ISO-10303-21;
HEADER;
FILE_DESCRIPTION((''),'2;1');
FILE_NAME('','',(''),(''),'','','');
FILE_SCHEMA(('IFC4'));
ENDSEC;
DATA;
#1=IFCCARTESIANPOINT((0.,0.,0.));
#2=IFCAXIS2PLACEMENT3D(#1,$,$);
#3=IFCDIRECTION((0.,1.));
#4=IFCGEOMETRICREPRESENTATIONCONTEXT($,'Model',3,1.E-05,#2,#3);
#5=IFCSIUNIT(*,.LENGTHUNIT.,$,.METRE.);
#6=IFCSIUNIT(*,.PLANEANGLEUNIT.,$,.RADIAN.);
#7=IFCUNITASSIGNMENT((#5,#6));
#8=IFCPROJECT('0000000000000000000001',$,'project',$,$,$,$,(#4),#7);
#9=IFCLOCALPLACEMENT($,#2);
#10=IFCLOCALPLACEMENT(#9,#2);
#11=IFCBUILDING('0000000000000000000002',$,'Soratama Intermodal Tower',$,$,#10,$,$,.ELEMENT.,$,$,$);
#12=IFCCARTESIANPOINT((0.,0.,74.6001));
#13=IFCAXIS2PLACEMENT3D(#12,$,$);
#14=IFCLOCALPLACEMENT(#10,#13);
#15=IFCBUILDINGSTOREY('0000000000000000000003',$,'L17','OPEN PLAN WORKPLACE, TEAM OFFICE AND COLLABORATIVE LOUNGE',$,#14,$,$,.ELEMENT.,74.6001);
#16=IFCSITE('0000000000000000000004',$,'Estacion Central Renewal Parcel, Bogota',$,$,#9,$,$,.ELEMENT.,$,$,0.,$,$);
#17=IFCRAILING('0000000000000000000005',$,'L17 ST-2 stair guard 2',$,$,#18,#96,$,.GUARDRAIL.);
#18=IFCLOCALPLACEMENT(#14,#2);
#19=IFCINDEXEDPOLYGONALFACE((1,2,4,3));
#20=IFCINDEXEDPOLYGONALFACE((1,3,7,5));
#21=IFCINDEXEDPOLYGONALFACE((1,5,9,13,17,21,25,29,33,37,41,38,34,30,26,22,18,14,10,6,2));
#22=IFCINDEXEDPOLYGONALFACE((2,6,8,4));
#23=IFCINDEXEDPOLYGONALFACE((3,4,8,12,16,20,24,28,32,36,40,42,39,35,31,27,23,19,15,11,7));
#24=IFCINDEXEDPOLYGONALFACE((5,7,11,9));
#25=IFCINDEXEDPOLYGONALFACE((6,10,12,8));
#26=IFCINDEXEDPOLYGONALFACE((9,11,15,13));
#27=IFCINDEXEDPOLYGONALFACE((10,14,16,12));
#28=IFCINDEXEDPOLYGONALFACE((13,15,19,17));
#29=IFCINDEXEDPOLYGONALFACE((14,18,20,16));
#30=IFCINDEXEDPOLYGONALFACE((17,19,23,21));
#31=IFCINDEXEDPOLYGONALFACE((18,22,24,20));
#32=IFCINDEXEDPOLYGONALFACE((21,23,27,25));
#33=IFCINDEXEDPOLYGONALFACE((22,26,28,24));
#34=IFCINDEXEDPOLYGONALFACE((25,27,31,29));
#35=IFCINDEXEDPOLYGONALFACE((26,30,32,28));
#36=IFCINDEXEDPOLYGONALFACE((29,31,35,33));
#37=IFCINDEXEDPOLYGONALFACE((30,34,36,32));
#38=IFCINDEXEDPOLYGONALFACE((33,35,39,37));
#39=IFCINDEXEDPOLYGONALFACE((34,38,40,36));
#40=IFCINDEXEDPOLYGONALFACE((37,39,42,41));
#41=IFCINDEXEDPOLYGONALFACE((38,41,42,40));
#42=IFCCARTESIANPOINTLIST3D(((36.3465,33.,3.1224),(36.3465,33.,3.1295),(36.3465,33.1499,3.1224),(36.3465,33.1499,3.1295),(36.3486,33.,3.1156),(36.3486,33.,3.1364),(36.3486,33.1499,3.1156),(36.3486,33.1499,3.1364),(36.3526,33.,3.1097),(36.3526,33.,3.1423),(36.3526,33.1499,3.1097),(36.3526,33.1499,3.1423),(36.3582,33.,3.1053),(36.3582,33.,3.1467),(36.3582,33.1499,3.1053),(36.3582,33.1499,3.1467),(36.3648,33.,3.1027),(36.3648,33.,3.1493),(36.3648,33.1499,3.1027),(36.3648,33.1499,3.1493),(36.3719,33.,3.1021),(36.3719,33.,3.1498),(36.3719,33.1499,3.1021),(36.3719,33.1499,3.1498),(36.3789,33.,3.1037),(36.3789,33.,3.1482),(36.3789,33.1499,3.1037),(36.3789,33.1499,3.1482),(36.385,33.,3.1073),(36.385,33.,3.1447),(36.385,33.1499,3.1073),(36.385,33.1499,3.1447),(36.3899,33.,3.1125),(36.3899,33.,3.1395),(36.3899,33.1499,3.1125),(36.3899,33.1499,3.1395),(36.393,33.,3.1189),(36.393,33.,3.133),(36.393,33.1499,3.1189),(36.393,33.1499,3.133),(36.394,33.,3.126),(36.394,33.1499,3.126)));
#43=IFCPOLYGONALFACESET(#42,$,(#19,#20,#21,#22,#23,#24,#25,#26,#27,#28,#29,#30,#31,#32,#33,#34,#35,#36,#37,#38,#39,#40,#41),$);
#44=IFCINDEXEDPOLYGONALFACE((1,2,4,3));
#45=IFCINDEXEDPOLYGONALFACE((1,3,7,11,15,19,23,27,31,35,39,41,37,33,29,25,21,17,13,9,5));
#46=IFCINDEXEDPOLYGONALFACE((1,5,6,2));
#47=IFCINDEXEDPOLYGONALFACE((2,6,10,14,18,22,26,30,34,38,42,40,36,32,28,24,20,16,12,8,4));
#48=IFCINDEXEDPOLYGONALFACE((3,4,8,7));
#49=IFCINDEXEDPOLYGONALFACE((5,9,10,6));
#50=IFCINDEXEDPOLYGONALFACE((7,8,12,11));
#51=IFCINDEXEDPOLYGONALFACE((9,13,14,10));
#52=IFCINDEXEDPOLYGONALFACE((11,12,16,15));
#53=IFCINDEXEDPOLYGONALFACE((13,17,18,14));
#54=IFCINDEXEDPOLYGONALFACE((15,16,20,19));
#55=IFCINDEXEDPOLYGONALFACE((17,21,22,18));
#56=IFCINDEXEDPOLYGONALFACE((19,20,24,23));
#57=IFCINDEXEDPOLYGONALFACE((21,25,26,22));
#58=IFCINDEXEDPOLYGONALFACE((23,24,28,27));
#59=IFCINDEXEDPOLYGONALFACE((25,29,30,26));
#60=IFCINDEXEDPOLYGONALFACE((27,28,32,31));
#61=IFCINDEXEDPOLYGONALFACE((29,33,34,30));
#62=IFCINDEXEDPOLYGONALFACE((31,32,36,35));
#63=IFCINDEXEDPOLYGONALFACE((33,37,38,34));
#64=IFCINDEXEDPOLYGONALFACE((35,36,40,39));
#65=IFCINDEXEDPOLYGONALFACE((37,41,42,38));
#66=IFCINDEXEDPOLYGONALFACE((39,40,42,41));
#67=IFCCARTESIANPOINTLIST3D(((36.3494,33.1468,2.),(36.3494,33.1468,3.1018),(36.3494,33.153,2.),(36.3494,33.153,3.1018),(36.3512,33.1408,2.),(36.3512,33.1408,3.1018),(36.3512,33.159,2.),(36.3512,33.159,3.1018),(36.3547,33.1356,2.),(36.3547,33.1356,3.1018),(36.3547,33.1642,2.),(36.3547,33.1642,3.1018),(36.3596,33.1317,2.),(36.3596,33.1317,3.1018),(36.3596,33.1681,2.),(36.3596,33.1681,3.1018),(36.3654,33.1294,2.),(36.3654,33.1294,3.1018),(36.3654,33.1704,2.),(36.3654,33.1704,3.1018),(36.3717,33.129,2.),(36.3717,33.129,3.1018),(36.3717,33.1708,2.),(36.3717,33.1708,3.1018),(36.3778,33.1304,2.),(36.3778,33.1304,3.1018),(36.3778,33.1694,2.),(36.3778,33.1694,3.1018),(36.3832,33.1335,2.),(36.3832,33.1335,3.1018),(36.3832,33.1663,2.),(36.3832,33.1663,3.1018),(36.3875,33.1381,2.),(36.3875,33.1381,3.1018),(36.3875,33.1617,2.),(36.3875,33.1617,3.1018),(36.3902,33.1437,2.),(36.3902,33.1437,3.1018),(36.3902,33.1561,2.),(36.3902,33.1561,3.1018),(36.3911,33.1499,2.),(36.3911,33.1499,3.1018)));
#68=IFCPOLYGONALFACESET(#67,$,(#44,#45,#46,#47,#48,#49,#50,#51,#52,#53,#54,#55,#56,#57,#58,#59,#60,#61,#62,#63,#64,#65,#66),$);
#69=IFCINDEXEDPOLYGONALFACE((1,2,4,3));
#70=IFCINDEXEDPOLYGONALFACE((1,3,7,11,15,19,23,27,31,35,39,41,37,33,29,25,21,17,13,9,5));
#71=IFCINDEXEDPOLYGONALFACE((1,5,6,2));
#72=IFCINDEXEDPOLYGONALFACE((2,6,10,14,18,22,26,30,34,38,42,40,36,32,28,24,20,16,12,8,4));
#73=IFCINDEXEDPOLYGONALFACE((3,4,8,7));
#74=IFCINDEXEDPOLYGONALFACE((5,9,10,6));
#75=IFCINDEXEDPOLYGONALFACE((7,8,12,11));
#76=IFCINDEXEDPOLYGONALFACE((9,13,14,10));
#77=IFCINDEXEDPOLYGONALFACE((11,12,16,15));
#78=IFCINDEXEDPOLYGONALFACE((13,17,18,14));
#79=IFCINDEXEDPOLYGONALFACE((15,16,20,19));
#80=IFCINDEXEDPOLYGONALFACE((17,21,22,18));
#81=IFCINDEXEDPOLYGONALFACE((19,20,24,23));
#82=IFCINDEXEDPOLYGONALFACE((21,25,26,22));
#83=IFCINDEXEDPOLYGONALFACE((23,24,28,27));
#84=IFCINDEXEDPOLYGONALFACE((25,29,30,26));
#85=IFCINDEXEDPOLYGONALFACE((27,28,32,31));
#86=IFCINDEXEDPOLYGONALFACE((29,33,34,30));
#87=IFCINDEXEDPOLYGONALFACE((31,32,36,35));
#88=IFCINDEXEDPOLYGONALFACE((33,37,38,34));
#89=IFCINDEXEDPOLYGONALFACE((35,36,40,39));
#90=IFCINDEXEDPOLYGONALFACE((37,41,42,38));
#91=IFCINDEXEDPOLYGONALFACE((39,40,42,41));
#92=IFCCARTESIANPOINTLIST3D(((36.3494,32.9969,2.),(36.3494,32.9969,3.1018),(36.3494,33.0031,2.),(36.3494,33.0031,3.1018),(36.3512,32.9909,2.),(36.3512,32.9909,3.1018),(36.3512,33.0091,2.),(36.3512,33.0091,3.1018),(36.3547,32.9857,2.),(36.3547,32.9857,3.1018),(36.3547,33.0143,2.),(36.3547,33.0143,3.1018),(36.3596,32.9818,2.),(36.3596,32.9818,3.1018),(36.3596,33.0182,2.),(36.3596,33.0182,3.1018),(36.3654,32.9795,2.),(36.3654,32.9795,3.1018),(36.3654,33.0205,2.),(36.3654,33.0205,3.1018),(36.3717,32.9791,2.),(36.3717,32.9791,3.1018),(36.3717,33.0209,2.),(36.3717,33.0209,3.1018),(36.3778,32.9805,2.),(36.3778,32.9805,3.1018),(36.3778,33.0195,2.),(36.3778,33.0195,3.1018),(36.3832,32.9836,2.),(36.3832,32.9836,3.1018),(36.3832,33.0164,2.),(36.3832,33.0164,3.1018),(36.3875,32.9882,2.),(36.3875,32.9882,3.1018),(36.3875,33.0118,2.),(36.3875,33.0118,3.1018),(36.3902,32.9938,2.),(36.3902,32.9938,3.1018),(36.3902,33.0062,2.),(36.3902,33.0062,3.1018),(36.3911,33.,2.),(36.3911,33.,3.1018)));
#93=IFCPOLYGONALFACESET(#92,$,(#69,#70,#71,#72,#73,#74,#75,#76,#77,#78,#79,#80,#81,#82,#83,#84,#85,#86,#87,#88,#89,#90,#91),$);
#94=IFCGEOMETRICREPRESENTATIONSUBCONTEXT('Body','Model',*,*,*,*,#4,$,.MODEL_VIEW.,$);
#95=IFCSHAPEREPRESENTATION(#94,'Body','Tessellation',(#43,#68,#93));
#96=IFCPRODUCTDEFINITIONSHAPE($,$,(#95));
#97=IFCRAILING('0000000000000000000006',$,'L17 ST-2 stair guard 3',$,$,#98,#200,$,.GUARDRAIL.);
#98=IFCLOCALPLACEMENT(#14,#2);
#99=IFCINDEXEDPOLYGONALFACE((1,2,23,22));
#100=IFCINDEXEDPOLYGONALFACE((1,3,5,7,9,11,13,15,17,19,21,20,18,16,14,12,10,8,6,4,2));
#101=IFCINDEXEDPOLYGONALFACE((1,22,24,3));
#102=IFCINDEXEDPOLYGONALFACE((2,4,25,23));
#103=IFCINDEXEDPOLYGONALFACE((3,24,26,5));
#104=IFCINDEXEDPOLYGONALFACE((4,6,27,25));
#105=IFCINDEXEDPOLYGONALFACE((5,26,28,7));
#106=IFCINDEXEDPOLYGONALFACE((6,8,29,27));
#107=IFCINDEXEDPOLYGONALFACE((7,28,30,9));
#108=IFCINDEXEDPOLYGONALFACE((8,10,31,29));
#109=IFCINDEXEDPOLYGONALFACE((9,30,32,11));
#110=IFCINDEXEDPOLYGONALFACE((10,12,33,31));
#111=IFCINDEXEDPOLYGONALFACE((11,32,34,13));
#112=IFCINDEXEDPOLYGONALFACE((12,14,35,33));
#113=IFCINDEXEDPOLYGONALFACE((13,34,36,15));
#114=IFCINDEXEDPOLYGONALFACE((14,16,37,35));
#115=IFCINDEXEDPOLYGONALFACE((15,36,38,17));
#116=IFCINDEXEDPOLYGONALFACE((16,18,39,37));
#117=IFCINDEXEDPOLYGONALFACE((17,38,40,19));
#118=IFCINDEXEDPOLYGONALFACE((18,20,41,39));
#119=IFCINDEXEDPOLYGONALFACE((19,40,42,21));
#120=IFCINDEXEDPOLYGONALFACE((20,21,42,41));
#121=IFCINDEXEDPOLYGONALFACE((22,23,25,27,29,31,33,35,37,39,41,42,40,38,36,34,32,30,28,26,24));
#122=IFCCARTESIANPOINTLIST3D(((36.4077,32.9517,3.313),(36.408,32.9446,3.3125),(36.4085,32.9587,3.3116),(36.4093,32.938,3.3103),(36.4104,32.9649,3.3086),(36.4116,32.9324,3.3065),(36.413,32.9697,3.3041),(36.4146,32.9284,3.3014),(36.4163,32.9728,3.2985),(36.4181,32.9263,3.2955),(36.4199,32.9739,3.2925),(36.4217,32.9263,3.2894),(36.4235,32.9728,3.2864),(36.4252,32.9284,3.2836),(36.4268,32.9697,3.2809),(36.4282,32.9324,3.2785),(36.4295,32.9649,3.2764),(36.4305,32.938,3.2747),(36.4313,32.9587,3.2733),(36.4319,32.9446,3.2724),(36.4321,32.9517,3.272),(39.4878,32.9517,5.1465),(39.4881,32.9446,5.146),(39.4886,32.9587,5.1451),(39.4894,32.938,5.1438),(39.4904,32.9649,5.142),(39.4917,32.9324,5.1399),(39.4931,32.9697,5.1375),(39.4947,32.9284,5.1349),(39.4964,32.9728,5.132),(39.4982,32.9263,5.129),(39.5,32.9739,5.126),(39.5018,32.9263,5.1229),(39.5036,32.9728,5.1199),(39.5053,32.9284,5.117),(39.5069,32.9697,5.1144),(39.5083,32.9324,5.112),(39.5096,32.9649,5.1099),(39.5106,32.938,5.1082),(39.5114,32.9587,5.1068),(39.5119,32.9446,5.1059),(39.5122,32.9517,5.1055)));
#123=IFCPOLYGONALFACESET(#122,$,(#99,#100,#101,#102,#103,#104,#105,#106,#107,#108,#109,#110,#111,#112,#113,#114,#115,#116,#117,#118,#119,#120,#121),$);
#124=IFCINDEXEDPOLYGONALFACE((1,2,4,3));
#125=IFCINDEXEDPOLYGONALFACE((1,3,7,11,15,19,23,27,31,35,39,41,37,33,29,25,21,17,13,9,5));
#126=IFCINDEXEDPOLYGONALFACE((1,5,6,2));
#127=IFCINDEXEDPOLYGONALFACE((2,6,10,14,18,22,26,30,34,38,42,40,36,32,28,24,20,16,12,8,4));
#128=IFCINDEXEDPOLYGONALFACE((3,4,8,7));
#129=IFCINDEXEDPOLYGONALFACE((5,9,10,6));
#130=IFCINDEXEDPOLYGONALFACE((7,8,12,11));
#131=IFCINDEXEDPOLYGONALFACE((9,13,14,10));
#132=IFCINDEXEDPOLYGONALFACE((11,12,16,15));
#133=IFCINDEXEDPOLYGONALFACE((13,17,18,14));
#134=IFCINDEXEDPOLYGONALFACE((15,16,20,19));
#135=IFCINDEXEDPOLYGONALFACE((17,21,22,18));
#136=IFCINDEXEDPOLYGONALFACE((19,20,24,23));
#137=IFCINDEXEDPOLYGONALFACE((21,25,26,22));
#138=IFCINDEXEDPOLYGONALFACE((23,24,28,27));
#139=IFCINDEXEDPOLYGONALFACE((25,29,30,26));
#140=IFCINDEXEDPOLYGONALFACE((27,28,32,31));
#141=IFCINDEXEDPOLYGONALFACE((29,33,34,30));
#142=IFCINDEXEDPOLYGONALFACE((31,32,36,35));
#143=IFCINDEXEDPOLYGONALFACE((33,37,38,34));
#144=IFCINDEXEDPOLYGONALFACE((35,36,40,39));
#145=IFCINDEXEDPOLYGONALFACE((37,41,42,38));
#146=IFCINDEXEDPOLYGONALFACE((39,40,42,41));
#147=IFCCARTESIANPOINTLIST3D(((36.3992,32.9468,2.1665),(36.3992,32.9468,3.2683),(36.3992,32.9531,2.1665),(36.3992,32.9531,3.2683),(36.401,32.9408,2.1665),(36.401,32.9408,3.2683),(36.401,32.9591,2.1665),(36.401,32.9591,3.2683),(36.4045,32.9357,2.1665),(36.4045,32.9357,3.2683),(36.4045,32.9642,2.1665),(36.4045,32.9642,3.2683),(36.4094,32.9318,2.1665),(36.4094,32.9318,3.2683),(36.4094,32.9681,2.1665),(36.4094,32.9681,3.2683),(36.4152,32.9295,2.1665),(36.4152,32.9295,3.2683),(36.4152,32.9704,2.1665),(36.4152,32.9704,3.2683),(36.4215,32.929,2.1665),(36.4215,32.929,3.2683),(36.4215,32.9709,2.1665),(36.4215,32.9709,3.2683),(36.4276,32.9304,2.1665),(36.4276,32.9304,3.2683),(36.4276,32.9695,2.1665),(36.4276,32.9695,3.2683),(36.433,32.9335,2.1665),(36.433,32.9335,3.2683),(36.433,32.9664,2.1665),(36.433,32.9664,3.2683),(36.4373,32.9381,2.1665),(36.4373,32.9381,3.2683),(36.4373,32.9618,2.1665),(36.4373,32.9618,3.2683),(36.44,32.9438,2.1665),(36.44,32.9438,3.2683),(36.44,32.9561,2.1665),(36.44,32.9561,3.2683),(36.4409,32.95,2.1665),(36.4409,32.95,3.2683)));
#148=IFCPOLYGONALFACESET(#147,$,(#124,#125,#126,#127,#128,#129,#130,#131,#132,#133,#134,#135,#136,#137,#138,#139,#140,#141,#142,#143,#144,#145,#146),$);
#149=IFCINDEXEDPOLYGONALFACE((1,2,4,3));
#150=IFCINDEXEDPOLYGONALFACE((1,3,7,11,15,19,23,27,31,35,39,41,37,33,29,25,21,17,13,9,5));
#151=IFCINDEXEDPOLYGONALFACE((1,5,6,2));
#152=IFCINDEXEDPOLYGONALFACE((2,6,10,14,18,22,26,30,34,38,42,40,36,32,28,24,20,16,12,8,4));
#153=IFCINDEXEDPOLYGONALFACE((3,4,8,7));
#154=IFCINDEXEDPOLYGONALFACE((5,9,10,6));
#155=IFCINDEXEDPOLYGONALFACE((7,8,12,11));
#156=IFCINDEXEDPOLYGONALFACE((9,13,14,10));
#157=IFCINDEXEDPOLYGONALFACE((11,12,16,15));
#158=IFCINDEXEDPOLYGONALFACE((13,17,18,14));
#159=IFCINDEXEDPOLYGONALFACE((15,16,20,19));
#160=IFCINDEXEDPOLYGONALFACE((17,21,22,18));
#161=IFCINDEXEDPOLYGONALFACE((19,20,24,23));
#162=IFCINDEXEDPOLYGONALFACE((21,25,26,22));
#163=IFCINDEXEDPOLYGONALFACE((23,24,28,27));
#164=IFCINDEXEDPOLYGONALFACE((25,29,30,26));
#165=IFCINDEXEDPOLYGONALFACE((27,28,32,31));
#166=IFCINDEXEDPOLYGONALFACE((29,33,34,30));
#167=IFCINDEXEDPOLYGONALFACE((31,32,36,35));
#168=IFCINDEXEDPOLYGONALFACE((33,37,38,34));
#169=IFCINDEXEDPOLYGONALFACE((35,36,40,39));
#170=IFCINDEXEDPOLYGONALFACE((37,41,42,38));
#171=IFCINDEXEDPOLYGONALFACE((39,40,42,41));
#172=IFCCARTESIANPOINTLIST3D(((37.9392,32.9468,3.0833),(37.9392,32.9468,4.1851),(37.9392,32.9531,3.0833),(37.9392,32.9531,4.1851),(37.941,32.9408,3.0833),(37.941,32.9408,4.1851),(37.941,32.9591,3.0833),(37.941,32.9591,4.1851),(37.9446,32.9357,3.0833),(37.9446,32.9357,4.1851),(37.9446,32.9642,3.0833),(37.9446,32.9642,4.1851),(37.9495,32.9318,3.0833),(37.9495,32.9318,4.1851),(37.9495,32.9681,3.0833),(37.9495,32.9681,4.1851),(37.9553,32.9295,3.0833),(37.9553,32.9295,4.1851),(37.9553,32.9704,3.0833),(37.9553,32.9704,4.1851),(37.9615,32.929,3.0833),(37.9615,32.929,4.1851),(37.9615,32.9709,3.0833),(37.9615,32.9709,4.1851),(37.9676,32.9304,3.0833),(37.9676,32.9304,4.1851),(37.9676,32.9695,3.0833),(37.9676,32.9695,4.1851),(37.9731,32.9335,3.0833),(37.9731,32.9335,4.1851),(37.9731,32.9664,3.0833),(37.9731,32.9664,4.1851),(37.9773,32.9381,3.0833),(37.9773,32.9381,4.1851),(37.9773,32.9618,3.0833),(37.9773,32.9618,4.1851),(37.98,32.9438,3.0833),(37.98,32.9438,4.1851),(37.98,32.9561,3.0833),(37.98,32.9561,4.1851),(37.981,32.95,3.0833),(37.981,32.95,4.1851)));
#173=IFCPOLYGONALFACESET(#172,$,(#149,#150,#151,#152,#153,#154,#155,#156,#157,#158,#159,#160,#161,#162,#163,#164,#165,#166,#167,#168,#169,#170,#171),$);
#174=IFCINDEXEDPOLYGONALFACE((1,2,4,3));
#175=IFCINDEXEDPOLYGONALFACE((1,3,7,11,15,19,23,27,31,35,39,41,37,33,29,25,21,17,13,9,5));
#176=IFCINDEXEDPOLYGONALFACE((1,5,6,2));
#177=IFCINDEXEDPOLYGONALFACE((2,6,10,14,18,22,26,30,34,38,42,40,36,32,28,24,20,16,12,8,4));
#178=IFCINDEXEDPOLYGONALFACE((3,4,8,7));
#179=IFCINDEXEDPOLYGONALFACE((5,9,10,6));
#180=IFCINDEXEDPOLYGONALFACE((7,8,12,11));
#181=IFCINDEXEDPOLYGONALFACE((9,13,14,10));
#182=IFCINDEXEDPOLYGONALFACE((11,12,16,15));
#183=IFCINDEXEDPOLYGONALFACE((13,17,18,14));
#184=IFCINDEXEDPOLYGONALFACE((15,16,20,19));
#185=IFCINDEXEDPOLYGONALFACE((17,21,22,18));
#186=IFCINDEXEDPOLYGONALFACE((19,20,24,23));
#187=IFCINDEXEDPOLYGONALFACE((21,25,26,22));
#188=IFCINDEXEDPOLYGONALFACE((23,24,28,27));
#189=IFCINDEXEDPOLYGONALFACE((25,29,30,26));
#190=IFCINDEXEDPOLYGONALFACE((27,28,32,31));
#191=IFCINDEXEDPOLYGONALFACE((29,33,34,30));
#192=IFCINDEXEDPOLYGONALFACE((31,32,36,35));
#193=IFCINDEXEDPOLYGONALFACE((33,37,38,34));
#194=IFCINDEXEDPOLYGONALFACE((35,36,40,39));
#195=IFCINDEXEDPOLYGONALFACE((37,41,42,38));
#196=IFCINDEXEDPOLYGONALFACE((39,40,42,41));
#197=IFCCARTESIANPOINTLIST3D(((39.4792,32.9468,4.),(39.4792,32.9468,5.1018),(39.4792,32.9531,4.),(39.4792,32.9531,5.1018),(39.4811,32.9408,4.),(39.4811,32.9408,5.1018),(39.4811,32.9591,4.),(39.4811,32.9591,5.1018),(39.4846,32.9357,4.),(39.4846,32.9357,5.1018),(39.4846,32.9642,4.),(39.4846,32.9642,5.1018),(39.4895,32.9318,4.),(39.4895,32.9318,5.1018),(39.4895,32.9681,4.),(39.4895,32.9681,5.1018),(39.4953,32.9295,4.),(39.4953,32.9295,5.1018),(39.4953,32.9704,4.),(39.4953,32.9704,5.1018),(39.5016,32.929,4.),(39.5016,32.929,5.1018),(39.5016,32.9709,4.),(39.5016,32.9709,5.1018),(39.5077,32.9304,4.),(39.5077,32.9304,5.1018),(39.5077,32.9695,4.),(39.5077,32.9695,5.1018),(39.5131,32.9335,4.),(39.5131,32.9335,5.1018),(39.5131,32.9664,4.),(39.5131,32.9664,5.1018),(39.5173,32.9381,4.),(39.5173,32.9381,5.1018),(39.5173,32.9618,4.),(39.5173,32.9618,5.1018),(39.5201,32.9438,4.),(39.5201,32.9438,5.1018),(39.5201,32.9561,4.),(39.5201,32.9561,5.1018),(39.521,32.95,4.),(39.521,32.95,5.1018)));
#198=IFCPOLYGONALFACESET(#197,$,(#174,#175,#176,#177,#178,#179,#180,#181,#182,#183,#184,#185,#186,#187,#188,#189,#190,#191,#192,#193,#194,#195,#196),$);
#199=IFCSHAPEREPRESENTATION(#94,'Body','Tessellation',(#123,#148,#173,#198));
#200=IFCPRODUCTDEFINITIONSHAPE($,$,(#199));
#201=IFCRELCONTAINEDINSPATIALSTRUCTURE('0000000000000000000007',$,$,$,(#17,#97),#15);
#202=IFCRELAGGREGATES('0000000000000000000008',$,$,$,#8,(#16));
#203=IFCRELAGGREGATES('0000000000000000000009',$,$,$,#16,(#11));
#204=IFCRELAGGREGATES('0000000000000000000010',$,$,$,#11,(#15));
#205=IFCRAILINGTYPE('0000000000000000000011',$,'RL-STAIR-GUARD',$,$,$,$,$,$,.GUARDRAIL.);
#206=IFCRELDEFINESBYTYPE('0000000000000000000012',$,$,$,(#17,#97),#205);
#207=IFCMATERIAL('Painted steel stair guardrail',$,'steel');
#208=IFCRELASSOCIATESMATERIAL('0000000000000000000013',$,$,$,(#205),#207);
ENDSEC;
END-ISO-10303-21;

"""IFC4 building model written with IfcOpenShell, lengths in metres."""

from ifc_helpers import new_model, si_unit, direction, frame, origin, origin_2d, place, context, subcontext, project, spatial, circle, extrude, material, type_object, element, save


model = new_model("IFC4")

# Units and contexts
model_context = context("Model", 3, precision=1e-05, world=origin(), true_north=direction((0.0, 1.0)))
body_context = subcontext(model_context, "Body", "Model", "MODEL_VIEW")
ifc_project = project(units=[si_unit("LENGTHUNIT", "METRE"), si_unit("PLANEANGLEUNIT", "RADIAN")], contexts=[model_context])

# Site, building, storey
site_placement = place(None, origin())
site = spatial("IfcSite", under=ifc_project, at=site_placement, Name="Estacion Central Renewal Parcel, Bogota", CompositionType="ELEMENT", RefElevation=0.0)
building_placement = place(site_placement, origin())
building = spatial("IfcBuilding", under=site, at=building_placement, Name="Soratama Intermodal Tower", CompositionType="ELEMENT")
storey_placement = place(building_placement, frame((0.0, 0.0, 74.6001)))
storey = spatial("IfcBuildingStorey", under=building, at=storey_placement, Name="L17", Description="OPEN PLAN WORKPLACE, TEAM OFFICE AND COLLABORATIVE LOUNGE", CompositionType="ELEMENT", Elevation=74.6001)

# Railings
ifc_material_1 = material(Name="Painted steel stair guardrail", Category="steel")
railing_type_1 = type_object("IfcRailingType", Name="RL-STAIR-GUARD", PredefinedType="GUARDRAIL", material=ifc_material_1)
railing_1_placement = place(storey_placement, frame((36.3701, 33.1499, 2.0)))
element("IfcRailing", 1, at=railing_1_placement, inside=storey, type_object=railing_type_1, Name="L17 ST-2 stair guard 2", PredefinedType="GUARDRAIL", context=body_context, shape_type="SweptSolid", body=[
    extrude(circle(Radius=0.0239, at=origin_2d()), frame((0.0, 0.0, 1.126), z_axis=(0.0, -1.0, 0.0), x_axis=(1.0, 0.0, 0.0)), (0.0, 0.0, 1.0), 0.1499),
    extrude(circle(Radius=0.021, at=origin_2d()), origin(), (0.0, 0.0, 1.0), 1.1018),
    extrude(circle(Radius=0.021, at=origin_2d()), frame((0.0, -0.1499, 0.0)), (0.0, 0.0, 1.0), 1.1018),
])
railing_2_placement = place(storey_placement, frame((36.4199, 32.95, 2.1665)))
element("IfcRailing", 2, at=railing_2_placement, inside=storey, type_object=railing_type_1, Name="L17 ST-2 stair guard 3", PredefinedType="GUARDRAIL", context=body_context, shape_type="SweptSolid", body=[
    extrude(circle(Radius=0.0239, at=origin_2d()), frame((0.0, 0.0, 1.126), z_axis=(0.859279, 0.0, 0.511508), x_axis=(0.0, 1.0, 0.0)), (0.0, 0.0, 1.0), 3.5845),
    extrude(circle(Radius=0.021, at=origin_2d()), origin(), (0.0, 0.0, 1.0), 1.1018),
    extrude(circle(Radius=0.021, at=origin_2d()), frame((1.54, 0.0, 0.9167)), (0.0, 0.0, 1.0), 1.1018),
    extrude(circle(Radius=0.021, at=origin_2d()), frame((3.0801, 0.0, 1.8335)), (0.0, 0.0, 1.0), 1.1018),
])

save(model, "model.ifc")
